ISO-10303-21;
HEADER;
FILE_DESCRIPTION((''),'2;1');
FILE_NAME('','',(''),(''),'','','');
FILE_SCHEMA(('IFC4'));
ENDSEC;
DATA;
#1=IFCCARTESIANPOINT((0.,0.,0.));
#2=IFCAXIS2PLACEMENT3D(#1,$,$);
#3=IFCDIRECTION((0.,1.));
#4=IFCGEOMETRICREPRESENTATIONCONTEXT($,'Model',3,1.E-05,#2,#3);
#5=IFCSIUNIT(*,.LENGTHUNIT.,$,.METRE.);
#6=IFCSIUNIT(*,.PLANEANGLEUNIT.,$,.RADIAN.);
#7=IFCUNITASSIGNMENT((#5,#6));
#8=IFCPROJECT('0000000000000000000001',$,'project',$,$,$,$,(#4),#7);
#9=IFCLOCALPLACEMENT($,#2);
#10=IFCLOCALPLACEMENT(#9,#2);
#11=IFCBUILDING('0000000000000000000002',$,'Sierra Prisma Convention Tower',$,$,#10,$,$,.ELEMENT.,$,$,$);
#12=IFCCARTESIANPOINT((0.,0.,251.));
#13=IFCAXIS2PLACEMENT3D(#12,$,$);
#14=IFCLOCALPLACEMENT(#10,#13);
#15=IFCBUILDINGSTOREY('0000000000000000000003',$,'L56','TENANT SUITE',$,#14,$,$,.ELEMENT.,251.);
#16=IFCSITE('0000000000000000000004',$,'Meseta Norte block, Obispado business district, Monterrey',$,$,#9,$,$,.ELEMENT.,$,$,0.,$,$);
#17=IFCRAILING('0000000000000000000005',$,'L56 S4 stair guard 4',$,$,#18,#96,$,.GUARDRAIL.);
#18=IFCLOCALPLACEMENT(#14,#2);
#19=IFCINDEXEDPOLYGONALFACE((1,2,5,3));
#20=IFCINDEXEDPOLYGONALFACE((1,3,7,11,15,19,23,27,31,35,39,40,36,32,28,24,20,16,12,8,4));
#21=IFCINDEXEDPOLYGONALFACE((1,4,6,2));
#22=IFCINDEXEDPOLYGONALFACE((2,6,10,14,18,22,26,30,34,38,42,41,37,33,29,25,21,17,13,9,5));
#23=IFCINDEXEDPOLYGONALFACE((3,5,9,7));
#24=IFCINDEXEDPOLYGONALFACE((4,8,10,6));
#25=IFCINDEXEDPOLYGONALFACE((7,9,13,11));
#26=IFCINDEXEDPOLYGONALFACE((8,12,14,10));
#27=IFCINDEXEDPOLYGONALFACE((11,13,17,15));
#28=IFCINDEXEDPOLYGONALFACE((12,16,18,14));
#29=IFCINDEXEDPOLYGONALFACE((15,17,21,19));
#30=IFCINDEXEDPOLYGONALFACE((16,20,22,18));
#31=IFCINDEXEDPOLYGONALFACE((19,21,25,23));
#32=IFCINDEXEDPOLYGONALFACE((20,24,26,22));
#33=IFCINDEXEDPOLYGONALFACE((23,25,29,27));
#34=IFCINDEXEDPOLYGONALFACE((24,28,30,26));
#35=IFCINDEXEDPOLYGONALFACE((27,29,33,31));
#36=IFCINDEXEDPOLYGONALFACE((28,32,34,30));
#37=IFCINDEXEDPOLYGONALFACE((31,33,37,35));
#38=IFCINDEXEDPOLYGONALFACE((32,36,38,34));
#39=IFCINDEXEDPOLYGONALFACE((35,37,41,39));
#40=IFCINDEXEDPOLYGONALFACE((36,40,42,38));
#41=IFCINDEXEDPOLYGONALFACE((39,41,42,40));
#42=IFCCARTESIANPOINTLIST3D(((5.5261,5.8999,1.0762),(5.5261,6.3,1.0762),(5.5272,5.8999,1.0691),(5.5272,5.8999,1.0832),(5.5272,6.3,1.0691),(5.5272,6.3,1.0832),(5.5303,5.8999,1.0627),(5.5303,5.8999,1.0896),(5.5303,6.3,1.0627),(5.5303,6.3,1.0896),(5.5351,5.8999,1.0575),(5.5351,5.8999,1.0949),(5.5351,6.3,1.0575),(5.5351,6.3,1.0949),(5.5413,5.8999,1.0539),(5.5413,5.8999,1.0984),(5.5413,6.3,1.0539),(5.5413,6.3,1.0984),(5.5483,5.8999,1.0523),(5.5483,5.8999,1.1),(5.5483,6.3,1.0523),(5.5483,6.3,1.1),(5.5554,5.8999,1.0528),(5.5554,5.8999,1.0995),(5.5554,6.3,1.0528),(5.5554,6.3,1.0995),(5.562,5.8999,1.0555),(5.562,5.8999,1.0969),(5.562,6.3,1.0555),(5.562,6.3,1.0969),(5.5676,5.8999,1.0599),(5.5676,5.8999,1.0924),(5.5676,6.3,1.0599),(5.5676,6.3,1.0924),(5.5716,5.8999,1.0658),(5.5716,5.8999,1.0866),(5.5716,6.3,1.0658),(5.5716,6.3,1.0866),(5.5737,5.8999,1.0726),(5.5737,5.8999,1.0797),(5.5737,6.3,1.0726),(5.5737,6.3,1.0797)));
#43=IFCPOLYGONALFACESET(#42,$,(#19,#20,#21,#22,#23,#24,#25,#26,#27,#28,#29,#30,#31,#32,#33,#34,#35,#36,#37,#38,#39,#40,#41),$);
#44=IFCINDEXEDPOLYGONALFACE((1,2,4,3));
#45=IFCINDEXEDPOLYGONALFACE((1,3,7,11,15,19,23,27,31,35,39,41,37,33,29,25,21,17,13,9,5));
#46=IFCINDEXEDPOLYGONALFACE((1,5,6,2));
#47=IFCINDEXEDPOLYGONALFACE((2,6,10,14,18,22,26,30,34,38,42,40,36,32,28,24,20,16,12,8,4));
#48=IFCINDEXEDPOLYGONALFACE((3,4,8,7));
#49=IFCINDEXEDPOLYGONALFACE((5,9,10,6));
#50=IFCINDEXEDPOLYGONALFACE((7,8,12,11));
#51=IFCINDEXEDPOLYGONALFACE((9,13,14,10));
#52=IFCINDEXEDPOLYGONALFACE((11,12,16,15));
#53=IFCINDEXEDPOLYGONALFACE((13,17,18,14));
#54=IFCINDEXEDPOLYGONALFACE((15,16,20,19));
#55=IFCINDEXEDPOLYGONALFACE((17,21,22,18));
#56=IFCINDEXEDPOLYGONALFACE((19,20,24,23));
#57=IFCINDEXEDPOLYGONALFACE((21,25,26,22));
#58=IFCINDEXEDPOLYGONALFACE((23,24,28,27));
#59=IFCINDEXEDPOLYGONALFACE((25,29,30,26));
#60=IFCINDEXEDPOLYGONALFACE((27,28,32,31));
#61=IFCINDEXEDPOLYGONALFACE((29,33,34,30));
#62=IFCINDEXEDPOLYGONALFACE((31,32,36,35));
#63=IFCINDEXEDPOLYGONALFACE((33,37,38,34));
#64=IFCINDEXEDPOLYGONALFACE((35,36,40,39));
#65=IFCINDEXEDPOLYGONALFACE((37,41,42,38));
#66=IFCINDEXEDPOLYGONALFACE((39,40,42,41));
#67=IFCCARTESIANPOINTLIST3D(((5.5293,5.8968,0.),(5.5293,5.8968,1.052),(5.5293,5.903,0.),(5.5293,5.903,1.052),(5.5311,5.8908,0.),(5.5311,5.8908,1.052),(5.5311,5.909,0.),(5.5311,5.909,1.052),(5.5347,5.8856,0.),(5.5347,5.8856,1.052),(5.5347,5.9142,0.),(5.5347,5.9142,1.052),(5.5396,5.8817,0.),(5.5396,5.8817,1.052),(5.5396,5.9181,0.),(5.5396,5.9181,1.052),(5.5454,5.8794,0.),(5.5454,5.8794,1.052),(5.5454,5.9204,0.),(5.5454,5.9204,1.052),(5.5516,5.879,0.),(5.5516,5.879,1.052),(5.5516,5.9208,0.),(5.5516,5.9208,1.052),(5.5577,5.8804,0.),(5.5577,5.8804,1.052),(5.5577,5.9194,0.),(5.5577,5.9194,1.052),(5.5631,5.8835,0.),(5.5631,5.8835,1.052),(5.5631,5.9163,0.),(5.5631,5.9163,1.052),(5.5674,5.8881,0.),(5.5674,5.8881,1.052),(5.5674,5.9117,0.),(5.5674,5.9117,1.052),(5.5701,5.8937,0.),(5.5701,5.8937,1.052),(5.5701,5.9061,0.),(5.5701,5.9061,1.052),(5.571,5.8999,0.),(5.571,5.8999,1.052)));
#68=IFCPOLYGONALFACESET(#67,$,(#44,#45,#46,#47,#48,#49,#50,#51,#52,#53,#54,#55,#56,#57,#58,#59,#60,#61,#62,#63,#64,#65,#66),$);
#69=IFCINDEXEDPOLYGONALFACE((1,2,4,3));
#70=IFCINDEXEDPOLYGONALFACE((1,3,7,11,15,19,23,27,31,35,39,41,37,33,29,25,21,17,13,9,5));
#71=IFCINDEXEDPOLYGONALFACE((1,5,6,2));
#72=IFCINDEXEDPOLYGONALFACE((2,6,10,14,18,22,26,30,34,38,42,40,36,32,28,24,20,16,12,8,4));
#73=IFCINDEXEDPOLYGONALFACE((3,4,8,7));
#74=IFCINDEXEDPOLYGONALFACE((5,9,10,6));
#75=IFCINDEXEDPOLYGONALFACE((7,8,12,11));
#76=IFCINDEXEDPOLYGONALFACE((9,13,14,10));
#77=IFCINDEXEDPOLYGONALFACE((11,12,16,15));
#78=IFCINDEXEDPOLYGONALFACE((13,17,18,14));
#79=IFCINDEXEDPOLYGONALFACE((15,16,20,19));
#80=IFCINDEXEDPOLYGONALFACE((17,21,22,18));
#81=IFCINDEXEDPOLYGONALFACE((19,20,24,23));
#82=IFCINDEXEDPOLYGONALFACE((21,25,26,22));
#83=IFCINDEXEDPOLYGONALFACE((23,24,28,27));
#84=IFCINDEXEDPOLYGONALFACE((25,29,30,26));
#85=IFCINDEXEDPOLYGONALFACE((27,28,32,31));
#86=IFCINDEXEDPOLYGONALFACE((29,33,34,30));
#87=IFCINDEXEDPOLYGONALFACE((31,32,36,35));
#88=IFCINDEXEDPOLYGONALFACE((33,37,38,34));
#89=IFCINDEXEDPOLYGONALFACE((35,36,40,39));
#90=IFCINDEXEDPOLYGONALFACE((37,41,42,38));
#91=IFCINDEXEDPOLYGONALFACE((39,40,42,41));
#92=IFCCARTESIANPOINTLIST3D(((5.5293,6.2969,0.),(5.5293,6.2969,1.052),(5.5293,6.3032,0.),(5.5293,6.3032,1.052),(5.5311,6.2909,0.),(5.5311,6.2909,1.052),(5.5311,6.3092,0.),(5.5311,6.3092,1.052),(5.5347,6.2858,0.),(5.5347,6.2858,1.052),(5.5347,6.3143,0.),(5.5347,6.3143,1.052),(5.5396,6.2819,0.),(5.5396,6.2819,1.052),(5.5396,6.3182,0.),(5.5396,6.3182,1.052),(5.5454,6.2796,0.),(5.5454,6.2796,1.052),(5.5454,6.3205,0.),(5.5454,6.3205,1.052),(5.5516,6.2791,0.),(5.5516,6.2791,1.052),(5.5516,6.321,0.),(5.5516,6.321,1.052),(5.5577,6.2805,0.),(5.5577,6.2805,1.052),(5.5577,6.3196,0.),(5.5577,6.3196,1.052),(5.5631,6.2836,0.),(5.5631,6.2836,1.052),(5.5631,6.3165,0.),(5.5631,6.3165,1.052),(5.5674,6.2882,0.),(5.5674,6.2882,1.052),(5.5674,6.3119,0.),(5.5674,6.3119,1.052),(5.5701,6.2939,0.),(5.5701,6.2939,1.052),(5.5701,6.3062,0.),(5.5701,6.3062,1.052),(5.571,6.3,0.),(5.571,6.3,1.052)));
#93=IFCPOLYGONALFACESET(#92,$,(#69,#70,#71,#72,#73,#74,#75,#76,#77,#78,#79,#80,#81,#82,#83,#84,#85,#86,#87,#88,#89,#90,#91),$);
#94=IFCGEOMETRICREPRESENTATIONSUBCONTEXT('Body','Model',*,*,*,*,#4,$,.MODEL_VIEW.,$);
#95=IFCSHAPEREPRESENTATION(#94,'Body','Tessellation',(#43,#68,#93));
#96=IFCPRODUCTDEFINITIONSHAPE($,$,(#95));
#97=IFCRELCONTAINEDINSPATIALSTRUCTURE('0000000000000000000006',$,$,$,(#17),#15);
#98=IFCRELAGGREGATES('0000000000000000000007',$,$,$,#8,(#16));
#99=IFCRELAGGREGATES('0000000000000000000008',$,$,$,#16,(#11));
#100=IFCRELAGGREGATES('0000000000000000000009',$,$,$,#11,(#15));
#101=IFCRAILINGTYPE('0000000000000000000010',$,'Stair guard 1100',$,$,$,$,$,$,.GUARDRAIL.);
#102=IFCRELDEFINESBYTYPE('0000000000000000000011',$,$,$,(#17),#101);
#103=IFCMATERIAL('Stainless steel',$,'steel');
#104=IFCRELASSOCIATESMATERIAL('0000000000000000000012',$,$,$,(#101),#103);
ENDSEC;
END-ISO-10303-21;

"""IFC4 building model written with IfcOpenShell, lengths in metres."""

from ifc_helpers import new_model, si_unit, direction, frame, origin, origin_2d, place, context, subcontext, project, spatial, circle, extrude, material, type_object, element, save


model = new_model("IFC4")

# Units and contexts
model_context = context("Model", 3, precision=1e-05, world=origin(), true_north=direction((0.0, 1.0)))
body_context = subcontext(model_context, "Body", "Model", "MODEL_VIEW")
ifc_project = project(units=[si_unit("LENGTHUNIT", "METRE"), si_unit("PLANEANGLEUNIT", "RADIAN")], contexts=[model_context])

# Site, building, storey
site_placement = place(None, origin())
site = spatial("IfcSite", under=ifc_project, at=site_placement, Name="Meseta Norte block, Obispado business district, Monterrey", CompositionType="ELEMENT", RefElevation=0.0)
building_placement = place(site_placement, origin())
building = spatial("IfcBuilding", under=site, at=building_placement, Name="Sierra Prisma Convention Tower", CompositionType="ELEMENT")
storey_placement = place(building_placement, frame((0.0, 0.0, 251.0)))
storey = spatial("IfcBuildingStorey", under=building, at=storey_placement, Name="L56", Description="TENANT SUITE", CompositionType="ELEMENT", Elevation=251.0)

# Railing
ifc_material_1 = material(Name="Stainless steel", Category="steel")
railing_type_1 = type_object("IfcRailingType", Name="Stair guard 1100", PredefinedType="GUARDRAIL", material=ifc_material_1)
railing_1_placement = place(storey_placement, frame((5.55, 5.8999, 0.0)))
element("IfcRailing", 1, at=railing_1_placement, inside=storey, type_object=railing_type_1, Name="L56 S4 stair guard 4", PredefinedType="GUARDRAIL", context=body_context, shape_type="SweptSolid", body=[
    extrude(circle(Radius=0.0239, at=origin_2d()), frame((0.0, 0.0, 1.0762), z_axis=(0.0, 1.0, 0.0), x_axis=(-1.0, 0.0, 0.0)), (0.0, 0.0, 1.0), 0.4001),
    extrude(circle(Radius=0.021, at=origin_2d()), origin(), (0.0, 0.0, 1.0), 1.052),
    extrude(circle(Radius=0.021, at=origin_2d()), frame((0.0, 0.4001, 0.0)), (0.0, 0.0, 1.0), 1.052),
])

save(model, "model.ifc")
